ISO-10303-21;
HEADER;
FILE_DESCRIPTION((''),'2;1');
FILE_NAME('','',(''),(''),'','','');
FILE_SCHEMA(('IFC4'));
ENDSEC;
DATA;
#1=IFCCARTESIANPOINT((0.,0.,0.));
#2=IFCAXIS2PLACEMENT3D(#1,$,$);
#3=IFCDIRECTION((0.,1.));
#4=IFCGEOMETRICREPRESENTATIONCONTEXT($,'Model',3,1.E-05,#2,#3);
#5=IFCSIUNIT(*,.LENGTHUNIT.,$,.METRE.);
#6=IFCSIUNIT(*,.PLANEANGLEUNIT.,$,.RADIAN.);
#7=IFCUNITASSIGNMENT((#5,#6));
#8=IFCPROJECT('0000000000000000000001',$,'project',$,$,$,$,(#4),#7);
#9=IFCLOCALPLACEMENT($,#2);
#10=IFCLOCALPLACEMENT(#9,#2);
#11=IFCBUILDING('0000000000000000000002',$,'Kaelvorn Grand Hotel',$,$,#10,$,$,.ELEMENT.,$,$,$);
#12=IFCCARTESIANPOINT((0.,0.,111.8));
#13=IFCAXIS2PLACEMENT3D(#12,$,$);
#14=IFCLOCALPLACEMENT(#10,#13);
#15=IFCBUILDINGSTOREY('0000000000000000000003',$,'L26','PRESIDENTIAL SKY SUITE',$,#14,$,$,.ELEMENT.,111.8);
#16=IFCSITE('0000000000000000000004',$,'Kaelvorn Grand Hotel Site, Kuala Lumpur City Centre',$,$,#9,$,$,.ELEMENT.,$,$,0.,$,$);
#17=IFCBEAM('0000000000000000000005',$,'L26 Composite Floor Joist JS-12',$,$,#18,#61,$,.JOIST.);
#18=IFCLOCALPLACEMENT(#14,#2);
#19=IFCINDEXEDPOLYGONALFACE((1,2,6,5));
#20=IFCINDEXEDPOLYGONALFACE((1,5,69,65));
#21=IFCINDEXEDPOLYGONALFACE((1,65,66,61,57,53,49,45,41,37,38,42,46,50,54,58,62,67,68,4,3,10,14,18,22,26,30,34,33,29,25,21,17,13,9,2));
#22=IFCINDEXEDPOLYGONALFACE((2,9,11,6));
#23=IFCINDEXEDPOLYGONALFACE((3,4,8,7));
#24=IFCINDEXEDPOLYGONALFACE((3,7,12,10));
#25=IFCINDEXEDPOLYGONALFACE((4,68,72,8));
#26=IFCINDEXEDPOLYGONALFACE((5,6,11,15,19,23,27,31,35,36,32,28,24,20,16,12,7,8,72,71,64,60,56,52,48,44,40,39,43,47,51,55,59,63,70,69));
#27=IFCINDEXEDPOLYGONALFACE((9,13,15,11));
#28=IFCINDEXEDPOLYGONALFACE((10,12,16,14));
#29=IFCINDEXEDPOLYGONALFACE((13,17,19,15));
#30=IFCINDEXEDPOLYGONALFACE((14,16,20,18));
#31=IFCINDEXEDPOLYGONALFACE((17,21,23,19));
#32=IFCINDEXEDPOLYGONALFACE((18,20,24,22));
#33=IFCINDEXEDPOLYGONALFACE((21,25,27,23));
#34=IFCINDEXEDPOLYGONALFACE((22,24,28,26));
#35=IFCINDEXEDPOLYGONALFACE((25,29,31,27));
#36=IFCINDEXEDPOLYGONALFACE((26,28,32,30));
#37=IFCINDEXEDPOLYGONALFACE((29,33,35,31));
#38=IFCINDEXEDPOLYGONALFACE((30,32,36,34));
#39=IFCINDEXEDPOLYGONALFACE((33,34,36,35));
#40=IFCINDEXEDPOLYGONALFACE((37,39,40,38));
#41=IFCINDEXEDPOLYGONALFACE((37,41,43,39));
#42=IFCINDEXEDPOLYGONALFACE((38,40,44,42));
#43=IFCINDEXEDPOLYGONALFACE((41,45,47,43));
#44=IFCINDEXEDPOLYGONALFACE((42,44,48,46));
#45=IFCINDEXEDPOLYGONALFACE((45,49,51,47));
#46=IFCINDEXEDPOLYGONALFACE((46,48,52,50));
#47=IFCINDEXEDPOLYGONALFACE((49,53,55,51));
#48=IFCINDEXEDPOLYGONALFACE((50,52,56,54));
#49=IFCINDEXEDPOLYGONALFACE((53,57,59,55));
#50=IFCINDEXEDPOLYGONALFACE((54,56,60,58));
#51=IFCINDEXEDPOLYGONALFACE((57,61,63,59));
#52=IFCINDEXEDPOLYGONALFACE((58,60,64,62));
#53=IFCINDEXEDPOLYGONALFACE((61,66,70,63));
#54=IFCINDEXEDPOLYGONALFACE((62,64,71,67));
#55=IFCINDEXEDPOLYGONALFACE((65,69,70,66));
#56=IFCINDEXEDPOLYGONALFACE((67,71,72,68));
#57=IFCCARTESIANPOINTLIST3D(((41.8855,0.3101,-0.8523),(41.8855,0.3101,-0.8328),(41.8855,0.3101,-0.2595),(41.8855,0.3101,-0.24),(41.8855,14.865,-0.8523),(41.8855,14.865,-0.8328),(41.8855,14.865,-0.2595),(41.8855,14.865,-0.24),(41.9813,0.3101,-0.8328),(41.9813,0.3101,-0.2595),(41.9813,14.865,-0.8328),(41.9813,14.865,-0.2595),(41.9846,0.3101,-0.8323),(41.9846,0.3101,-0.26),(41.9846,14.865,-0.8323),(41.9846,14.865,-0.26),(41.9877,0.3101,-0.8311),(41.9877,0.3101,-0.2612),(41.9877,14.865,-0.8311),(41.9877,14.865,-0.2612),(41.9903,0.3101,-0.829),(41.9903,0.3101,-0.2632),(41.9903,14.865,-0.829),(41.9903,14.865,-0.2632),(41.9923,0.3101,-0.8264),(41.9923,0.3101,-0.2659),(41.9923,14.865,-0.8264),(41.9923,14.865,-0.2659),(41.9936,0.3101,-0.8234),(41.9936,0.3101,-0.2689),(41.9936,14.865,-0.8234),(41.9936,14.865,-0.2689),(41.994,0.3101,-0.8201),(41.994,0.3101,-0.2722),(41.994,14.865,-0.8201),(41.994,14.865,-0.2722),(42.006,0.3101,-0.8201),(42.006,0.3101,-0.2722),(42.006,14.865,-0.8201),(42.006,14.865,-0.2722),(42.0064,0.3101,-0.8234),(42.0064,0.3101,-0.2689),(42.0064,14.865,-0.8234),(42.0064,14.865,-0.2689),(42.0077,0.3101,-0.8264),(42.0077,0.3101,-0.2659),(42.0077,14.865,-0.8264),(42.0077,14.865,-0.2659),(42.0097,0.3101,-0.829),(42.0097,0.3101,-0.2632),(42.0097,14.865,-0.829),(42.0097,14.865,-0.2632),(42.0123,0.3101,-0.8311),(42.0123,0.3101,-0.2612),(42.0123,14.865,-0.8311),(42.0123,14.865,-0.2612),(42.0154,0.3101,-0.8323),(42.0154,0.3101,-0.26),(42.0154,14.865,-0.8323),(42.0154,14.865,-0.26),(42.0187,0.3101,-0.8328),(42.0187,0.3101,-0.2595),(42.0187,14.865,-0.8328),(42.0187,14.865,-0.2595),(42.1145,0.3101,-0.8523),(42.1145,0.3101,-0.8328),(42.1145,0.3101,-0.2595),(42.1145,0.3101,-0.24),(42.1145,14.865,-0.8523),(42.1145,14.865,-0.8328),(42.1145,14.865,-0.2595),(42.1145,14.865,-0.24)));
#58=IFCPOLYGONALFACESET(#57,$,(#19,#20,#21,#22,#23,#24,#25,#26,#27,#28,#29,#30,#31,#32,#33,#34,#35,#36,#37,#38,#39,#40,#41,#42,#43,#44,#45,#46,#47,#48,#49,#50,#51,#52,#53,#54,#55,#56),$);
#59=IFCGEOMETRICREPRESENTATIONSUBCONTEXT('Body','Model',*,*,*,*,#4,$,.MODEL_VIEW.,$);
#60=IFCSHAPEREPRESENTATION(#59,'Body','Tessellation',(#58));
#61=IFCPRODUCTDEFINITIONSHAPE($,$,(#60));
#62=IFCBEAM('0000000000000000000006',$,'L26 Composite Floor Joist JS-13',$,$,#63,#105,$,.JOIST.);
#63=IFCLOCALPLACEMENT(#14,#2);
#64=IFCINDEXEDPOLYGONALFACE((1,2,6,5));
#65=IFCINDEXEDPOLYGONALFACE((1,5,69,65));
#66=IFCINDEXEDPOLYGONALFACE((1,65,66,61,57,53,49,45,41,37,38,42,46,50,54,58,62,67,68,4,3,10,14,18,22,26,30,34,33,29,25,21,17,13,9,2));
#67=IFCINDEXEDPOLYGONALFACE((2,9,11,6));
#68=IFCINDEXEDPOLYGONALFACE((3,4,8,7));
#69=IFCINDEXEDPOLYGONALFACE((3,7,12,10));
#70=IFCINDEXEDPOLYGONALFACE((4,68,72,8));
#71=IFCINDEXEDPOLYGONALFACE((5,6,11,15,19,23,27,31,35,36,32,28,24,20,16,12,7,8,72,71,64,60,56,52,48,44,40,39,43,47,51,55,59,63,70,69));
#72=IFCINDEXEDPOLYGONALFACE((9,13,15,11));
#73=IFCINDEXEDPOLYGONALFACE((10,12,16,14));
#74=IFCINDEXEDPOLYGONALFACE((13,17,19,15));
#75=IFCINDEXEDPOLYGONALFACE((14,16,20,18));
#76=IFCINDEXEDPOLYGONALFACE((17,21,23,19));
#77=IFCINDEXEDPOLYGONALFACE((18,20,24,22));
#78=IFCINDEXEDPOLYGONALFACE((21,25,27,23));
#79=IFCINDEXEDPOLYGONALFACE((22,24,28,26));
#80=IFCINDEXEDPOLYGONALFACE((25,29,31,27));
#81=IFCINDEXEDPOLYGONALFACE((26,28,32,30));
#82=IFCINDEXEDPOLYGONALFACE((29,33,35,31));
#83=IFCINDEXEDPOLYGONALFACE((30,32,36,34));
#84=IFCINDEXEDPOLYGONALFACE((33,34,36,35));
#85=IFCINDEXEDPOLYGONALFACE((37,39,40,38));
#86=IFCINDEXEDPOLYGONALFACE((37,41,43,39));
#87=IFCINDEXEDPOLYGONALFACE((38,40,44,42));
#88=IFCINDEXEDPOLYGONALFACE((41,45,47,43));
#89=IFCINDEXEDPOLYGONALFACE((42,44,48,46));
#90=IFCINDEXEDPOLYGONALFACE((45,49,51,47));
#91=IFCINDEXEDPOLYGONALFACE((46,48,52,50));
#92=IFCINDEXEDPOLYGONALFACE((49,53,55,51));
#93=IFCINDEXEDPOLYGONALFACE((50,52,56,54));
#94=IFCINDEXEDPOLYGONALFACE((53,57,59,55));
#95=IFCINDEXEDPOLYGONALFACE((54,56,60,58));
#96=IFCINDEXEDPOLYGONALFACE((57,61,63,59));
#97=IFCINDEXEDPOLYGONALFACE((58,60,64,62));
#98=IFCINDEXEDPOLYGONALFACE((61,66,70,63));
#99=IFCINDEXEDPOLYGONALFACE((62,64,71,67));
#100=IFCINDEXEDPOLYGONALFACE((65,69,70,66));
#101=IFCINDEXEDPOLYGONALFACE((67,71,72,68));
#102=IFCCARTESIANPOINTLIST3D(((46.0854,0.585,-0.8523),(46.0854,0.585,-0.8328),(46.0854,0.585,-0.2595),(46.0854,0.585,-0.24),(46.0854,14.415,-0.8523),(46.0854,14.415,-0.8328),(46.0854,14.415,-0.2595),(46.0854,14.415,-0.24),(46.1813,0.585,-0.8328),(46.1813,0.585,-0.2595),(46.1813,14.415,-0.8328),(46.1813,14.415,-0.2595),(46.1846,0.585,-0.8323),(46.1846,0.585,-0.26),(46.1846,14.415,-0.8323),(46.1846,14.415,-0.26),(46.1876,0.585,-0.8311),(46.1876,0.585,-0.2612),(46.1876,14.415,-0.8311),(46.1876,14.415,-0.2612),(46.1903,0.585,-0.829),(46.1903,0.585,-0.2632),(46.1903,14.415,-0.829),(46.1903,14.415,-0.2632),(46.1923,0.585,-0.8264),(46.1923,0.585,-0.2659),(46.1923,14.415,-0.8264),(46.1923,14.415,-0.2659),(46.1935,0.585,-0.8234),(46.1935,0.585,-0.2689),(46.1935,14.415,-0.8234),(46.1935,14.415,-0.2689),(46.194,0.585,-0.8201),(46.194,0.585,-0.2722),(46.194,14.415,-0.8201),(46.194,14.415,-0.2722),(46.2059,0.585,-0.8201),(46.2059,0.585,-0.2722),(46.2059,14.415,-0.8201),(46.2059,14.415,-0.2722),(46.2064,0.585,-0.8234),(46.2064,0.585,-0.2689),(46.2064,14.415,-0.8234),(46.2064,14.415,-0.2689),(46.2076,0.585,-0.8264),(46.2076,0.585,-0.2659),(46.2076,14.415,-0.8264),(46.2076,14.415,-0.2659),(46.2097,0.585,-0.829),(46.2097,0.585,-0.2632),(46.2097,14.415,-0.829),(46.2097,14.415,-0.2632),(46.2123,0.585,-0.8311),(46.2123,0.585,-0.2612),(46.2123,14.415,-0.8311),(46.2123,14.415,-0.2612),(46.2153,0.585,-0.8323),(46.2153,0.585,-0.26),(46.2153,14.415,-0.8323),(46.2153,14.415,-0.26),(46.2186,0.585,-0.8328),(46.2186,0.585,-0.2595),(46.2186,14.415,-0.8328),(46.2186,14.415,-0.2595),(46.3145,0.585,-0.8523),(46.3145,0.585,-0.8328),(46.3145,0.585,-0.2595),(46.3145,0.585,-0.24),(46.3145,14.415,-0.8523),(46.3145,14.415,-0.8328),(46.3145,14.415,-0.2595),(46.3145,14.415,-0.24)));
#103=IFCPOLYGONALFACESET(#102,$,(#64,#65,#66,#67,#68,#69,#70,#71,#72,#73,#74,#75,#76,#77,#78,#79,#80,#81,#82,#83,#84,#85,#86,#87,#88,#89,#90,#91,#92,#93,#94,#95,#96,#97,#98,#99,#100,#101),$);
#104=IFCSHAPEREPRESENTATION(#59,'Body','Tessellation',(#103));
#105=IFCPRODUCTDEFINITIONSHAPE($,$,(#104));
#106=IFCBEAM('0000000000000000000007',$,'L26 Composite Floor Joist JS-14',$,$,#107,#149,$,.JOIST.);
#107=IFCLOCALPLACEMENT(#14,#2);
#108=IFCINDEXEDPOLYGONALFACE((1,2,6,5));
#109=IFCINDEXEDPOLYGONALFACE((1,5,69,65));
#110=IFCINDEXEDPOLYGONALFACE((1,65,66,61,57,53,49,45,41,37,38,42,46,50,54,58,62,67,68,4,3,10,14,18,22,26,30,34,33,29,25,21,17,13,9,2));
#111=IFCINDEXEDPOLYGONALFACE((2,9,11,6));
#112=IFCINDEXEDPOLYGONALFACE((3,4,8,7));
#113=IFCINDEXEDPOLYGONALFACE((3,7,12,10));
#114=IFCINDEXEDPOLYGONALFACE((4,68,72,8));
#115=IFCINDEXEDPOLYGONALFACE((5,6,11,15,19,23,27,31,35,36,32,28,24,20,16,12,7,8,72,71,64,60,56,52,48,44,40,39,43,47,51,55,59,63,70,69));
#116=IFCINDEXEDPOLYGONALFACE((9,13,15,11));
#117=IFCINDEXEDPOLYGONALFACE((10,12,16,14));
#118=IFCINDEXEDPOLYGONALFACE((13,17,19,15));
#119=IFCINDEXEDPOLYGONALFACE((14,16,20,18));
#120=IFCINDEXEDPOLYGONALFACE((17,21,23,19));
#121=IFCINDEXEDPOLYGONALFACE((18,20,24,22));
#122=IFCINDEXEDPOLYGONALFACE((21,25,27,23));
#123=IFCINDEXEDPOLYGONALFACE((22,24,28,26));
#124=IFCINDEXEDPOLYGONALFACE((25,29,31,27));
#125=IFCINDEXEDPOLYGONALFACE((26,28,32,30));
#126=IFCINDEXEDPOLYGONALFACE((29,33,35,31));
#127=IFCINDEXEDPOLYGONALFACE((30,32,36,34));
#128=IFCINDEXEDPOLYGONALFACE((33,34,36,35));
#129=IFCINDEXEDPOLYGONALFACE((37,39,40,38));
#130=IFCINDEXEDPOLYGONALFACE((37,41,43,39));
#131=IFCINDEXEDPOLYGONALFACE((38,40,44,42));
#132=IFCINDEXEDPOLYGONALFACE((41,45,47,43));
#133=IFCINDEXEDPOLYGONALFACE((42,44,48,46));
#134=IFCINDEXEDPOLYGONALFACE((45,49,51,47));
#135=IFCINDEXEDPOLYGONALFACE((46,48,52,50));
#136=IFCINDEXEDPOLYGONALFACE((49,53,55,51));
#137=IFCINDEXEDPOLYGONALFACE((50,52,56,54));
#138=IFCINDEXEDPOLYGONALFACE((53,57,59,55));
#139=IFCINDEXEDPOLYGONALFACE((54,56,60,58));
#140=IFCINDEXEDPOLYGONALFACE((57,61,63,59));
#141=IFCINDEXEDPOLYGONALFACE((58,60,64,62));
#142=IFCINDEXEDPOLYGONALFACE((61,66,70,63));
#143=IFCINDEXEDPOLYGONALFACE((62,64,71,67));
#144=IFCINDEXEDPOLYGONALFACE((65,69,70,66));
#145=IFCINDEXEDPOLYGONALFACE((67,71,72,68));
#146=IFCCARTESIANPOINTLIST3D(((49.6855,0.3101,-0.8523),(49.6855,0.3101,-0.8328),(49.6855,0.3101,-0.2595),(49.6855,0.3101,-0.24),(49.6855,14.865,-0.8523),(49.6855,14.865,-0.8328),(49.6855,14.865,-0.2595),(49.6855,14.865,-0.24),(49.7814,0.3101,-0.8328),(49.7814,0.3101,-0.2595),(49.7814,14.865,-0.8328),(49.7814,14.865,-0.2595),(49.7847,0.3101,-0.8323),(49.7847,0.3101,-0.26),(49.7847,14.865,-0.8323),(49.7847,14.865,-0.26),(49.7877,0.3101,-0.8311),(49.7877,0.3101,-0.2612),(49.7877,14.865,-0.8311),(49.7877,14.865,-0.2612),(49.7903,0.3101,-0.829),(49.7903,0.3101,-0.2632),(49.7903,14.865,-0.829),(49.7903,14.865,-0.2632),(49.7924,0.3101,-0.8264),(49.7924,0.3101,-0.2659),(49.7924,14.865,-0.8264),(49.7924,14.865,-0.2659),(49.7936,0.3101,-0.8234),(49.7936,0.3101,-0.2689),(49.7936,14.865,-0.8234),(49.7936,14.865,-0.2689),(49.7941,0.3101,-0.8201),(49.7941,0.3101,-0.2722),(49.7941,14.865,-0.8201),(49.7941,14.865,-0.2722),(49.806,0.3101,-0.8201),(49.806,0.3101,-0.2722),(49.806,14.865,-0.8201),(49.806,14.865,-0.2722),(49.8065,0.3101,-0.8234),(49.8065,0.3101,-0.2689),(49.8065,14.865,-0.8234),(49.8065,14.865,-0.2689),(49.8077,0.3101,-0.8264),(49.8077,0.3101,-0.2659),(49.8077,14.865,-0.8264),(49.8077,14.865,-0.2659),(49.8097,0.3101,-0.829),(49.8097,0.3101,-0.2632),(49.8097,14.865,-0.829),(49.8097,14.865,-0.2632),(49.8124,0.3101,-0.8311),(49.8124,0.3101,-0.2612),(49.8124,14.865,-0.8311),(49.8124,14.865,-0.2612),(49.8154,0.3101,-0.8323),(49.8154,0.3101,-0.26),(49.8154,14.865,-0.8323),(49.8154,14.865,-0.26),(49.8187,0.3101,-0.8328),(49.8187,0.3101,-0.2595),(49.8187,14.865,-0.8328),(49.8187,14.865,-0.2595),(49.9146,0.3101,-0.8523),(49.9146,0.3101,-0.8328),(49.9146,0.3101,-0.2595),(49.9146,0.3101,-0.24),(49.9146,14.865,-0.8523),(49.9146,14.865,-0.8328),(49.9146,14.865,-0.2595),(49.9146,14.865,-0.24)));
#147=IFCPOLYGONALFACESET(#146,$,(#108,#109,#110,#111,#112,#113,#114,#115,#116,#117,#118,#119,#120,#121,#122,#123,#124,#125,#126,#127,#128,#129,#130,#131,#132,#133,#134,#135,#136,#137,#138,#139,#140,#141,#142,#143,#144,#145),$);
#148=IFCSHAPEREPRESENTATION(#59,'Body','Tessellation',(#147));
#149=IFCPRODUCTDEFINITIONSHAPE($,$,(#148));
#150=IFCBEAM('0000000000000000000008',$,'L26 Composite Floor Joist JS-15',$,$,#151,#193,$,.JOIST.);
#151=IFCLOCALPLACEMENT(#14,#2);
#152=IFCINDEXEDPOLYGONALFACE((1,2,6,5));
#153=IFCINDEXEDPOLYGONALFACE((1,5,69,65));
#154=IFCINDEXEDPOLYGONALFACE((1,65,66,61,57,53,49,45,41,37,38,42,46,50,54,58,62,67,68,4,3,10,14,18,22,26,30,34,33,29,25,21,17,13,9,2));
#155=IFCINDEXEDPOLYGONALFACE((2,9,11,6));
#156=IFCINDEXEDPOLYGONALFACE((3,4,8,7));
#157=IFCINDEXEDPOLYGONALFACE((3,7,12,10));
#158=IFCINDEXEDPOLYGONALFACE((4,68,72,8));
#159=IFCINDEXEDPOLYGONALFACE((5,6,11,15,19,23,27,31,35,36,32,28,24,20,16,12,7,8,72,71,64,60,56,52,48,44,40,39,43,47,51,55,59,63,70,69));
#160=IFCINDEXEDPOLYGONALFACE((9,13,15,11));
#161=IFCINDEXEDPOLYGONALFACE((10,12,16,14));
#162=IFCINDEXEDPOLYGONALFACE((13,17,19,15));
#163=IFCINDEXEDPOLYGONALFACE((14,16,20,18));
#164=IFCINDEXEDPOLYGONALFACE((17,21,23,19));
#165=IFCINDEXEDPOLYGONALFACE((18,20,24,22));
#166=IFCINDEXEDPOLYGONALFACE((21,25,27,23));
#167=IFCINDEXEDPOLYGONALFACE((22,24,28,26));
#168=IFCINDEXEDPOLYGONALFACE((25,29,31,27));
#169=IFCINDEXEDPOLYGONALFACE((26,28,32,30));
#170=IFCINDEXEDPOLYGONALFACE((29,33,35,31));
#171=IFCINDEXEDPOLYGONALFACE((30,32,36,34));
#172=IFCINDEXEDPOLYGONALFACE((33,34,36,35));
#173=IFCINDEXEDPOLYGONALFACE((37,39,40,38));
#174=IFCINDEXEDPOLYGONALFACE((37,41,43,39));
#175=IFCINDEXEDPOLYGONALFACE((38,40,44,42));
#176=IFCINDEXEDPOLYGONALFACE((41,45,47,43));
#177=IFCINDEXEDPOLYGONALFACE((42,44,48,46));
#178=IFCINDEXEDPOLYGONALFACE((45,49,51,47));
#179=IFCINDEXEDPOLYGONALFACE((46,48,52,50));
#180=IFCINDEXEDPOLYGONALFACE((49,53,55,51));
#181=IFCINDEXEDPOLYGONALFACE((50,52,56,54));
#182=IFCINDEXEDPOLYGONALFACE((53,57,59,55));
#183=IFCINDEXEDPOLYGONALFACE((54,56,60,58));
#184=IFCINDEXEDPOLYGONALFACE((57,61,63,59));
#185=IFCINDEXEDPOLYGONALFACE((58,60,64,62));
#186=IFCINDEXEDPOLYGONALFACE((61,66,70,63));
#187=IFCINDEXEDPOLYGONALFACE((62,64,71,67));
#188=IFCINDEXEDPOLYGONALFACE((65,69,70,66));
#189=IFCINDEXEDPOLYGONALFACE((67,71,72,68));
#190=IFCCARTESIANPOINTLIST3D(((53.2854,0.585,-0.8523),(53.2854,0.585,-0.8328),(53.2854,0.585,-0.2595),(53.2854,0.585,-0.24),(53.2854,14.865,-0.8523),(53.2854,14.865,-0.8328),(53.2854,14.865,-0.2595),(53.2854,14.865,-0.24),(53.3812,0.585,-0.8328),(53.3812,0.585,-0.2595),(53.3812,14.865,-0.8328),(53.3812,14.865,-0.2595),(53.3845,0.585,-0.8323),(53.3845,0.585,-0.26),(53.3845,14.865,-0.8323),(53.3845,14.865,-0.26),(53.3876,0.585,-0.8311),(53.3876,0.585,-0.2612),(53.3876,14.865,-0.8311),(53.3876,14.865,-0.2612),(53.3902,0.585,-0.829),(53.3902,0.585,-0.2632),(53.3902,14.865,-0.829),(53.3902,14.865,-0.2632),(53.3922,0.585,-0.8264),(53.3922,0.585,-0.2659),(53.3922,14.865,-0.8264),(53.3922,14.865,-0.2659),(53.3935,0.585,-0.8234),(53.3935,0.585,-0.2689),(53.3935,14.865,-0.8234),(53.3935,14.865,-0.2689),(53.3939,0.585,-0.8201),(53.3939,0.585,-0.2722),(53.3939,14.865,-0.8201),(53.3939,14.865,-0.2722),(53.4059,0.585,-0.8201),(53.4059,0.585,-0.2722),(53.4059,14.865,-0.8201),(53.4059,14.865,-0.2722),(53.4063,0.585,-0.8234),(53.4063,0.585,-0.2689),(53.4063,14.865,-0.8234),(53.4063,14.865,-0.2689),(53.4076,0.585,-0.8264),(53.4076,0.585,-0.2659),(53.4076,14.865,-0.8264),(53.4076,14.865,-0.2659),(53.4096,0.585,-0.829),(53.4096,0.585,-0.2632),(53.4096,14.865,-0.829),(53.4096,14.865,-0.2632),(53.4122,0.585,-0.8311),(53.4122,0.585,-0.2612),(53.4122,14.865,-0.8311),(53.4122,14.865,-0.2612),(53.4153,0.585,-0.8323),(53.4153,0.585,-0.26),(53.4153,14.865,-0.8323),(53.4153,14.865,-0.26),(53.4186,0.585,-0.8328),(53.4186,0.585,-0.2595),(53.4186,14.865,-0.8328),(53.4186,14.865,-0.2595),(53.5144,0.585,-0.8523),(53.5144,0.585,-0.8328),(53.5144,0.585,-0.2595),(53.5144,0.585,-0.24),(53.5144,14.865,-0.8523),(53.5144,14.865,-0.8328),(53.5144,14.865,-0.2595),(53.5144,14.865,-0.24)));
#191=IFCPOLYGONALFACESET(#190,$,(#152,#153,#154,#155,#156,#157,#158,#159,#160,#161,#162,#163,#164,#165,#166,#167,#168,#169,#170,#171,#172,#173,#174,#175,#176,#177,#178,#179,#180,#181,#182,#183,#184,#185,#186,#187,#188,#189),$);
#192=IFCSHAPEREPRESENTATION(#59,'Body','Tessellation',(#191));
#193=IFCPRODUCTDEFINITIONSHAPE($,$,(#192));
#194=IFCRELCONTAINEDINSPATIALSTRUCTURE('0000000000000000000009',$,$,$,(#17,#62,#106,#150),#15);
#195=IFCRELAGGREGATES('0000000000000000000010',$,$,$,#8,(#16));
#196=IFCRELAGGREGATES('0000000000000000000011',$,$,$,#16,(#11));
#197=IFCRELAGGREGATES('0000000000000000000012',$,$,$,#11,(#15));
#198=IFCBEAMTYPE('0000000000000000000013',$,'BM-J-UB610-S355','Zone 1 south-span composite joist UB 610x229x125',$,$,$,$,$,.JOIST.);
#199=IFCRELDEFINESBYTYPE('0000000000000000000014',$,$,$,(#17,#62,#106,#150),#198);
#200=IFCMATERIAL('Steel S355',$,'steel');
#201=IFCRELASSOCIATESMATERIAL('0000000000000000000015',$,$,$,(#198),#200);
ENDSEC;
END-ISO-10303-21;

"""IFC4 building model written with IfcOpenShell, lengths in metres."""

from ifc_helpers import new_model, si_unit, direction, frame, origin, origin_2d, place, context, subcontext, project, spatial, i_section, extrude, material, material_profile, profile_set, type_object, element, save


model = new_model("IFC4")

# Units and contexts
model_context = context("Model", 3, precision=1e-05, world=origin(), true_north=direction((0.0, 1.0)))
body_context = subcontext(model_context, "Body", "Model", "MODEL_VIEW")
ifc_project = project(units=[si_unit("LENGTHUNIT", "METRE"), si_unit("PLANEANGLEUNIT", "RADIAN")], contexts=[model_context])

# Site, building, storey
site_placement = place(None, origin())
site = spatial("IfcSite", under=ifc_project, at=site_placement, Name="Kaelvorn Grand Hotel Site, Kuala Lumpur City Centre", CompositionType="ELEMENT", RefElevation=0.0)
building_placement = place(site_placement, origin())
building = spatial("IfcBuilding", under=site, at=building_placement, Name="Kaelvorn Grand Hotel", CompositionType="ELEMENT")
storey_placement = place(building_placement, frame((0.0, 0.0, 111.8)))
storey = spatial("IfcBuildingStorey", under=building, at=storey_placement, Name="L26", Description="PRESIDENTIAL SKY SUITE", CompositionType="ELEMENT", Elevation=111.8)

# Beams
ifc_material_1 = material(Name="Steel S355", Category="steel")
ifc_material_profile_1 = material_profile(ifc_material_1, i_section(OverallWidth=0.229, OverallDepth=0.6123, WebThickness=0.012, FlangeThickness=0.0195, FilletRadius=0.0127, at=origin_2d()), Name="UB 610x229x125")
ifc_profile_set_1 = profile_set([ifc_material_profile_1], Name="Steel S355")
beam_type_1 = type_object("IfcBeamType", Name="BM-J-UB610-S355", Description="Zone 1 south-span composite joist UB 610x229x125", PredefinedType="JOIST", material=ifc_profile_set_1)
beam_1_placement = place(storey_placement, frame((42.0, 0.3101, -0.5461), z_axis=(0.0, 1.0, 0.0), x_axis=(-1.0, 0.0, 0.0)))
element("IfcBeam", 1, at=beam_1_placement, inside=storey, type_object=beam_type_1, Name="L26 Composite Floor Joist JS-12", PredefinedType="JOIST", context=body_context, shape_type="SweptSolid", body=[
    extrude(i_section(OverallWidth=0.229, OverallDepth=0.6123, WebThickness=0.012, FlangeThickness=0.0195, FilletRadius=0.0127, at=origin_2d()), origin(), (0.0, 0.0, 1.0), 14.5549),
])
beam_2_placement = place(storey_placement, frame((46.2, 0.585, -0.5461), z_axis=(0.0, 1.0, 0.0), x_axis=(-1.0, 0.0, 0.0)))
element("IfcBeam", 2, at=beam_2_placement, inside=storey, type_object=beam_type_1, Name="L26 Composite Floor Joist JS-13", PredefinedType="JOIST", context=body_context, shape_type="SweptSolid", body=[
    extrude(i_section(OverallWidth=0.229, OverallDepth=0.6123, WebThickness=0.012, FlangeThickness=0.0195, FilletRadius=0.0127, at=origin_2d()), origin(), (0.0, 0.0, 1.0), 13.8301),
])
beam_3_placement = place(storey_placement, frame((49.8, 0.3101, -0.5461), z_axis=(0.0, 1.0, 0.0), x_axis=(-1.0, 0.0, 0.0)))
element("IfcBeam", 3, at=beam_3_placement, inside=storey, type_object=beam_type_1, Name="L26 Composite Floor Joist JS-14", PredefinedType="JOIST", context=body_context, shape_type="SweptSolid", body=[
    extrude(i_section(OverallWidth=0.229, OverallDepth=0.6123, WebThickness=0.012, FlangeThickness=0.0195, FilletRadius=0.0127, at=origin_2d()), origin(), (0.0, 0.0, 1.0), 14.5549),
])
beam_4_placement = place(storey_placement, frame((53.3999, 0.585, -0.5461), z_axis=(0.0, 1.0, 0.0), x_axis=(-1.0, 0.0, 0.0)))
element("IfcBeam", 4, at=beam_4_placement, inside=storey, type_object=beam_type_1, Name="L26 Composite Floor Joist JS-15", PredefinedType="JOIST", context=body_context, shape_type="SweptSolid", body=[
    extrude(i_section(OverallWidth=0.229, OverallDepth=0.6123, WebThickness=0.012, FlangeThickness=0.0195, FilletRadius=0.0127, at=origin_2d()), origin(), (0.0, 0.0, 1.0), 14.28),
])

save(model, "model.ifc")
